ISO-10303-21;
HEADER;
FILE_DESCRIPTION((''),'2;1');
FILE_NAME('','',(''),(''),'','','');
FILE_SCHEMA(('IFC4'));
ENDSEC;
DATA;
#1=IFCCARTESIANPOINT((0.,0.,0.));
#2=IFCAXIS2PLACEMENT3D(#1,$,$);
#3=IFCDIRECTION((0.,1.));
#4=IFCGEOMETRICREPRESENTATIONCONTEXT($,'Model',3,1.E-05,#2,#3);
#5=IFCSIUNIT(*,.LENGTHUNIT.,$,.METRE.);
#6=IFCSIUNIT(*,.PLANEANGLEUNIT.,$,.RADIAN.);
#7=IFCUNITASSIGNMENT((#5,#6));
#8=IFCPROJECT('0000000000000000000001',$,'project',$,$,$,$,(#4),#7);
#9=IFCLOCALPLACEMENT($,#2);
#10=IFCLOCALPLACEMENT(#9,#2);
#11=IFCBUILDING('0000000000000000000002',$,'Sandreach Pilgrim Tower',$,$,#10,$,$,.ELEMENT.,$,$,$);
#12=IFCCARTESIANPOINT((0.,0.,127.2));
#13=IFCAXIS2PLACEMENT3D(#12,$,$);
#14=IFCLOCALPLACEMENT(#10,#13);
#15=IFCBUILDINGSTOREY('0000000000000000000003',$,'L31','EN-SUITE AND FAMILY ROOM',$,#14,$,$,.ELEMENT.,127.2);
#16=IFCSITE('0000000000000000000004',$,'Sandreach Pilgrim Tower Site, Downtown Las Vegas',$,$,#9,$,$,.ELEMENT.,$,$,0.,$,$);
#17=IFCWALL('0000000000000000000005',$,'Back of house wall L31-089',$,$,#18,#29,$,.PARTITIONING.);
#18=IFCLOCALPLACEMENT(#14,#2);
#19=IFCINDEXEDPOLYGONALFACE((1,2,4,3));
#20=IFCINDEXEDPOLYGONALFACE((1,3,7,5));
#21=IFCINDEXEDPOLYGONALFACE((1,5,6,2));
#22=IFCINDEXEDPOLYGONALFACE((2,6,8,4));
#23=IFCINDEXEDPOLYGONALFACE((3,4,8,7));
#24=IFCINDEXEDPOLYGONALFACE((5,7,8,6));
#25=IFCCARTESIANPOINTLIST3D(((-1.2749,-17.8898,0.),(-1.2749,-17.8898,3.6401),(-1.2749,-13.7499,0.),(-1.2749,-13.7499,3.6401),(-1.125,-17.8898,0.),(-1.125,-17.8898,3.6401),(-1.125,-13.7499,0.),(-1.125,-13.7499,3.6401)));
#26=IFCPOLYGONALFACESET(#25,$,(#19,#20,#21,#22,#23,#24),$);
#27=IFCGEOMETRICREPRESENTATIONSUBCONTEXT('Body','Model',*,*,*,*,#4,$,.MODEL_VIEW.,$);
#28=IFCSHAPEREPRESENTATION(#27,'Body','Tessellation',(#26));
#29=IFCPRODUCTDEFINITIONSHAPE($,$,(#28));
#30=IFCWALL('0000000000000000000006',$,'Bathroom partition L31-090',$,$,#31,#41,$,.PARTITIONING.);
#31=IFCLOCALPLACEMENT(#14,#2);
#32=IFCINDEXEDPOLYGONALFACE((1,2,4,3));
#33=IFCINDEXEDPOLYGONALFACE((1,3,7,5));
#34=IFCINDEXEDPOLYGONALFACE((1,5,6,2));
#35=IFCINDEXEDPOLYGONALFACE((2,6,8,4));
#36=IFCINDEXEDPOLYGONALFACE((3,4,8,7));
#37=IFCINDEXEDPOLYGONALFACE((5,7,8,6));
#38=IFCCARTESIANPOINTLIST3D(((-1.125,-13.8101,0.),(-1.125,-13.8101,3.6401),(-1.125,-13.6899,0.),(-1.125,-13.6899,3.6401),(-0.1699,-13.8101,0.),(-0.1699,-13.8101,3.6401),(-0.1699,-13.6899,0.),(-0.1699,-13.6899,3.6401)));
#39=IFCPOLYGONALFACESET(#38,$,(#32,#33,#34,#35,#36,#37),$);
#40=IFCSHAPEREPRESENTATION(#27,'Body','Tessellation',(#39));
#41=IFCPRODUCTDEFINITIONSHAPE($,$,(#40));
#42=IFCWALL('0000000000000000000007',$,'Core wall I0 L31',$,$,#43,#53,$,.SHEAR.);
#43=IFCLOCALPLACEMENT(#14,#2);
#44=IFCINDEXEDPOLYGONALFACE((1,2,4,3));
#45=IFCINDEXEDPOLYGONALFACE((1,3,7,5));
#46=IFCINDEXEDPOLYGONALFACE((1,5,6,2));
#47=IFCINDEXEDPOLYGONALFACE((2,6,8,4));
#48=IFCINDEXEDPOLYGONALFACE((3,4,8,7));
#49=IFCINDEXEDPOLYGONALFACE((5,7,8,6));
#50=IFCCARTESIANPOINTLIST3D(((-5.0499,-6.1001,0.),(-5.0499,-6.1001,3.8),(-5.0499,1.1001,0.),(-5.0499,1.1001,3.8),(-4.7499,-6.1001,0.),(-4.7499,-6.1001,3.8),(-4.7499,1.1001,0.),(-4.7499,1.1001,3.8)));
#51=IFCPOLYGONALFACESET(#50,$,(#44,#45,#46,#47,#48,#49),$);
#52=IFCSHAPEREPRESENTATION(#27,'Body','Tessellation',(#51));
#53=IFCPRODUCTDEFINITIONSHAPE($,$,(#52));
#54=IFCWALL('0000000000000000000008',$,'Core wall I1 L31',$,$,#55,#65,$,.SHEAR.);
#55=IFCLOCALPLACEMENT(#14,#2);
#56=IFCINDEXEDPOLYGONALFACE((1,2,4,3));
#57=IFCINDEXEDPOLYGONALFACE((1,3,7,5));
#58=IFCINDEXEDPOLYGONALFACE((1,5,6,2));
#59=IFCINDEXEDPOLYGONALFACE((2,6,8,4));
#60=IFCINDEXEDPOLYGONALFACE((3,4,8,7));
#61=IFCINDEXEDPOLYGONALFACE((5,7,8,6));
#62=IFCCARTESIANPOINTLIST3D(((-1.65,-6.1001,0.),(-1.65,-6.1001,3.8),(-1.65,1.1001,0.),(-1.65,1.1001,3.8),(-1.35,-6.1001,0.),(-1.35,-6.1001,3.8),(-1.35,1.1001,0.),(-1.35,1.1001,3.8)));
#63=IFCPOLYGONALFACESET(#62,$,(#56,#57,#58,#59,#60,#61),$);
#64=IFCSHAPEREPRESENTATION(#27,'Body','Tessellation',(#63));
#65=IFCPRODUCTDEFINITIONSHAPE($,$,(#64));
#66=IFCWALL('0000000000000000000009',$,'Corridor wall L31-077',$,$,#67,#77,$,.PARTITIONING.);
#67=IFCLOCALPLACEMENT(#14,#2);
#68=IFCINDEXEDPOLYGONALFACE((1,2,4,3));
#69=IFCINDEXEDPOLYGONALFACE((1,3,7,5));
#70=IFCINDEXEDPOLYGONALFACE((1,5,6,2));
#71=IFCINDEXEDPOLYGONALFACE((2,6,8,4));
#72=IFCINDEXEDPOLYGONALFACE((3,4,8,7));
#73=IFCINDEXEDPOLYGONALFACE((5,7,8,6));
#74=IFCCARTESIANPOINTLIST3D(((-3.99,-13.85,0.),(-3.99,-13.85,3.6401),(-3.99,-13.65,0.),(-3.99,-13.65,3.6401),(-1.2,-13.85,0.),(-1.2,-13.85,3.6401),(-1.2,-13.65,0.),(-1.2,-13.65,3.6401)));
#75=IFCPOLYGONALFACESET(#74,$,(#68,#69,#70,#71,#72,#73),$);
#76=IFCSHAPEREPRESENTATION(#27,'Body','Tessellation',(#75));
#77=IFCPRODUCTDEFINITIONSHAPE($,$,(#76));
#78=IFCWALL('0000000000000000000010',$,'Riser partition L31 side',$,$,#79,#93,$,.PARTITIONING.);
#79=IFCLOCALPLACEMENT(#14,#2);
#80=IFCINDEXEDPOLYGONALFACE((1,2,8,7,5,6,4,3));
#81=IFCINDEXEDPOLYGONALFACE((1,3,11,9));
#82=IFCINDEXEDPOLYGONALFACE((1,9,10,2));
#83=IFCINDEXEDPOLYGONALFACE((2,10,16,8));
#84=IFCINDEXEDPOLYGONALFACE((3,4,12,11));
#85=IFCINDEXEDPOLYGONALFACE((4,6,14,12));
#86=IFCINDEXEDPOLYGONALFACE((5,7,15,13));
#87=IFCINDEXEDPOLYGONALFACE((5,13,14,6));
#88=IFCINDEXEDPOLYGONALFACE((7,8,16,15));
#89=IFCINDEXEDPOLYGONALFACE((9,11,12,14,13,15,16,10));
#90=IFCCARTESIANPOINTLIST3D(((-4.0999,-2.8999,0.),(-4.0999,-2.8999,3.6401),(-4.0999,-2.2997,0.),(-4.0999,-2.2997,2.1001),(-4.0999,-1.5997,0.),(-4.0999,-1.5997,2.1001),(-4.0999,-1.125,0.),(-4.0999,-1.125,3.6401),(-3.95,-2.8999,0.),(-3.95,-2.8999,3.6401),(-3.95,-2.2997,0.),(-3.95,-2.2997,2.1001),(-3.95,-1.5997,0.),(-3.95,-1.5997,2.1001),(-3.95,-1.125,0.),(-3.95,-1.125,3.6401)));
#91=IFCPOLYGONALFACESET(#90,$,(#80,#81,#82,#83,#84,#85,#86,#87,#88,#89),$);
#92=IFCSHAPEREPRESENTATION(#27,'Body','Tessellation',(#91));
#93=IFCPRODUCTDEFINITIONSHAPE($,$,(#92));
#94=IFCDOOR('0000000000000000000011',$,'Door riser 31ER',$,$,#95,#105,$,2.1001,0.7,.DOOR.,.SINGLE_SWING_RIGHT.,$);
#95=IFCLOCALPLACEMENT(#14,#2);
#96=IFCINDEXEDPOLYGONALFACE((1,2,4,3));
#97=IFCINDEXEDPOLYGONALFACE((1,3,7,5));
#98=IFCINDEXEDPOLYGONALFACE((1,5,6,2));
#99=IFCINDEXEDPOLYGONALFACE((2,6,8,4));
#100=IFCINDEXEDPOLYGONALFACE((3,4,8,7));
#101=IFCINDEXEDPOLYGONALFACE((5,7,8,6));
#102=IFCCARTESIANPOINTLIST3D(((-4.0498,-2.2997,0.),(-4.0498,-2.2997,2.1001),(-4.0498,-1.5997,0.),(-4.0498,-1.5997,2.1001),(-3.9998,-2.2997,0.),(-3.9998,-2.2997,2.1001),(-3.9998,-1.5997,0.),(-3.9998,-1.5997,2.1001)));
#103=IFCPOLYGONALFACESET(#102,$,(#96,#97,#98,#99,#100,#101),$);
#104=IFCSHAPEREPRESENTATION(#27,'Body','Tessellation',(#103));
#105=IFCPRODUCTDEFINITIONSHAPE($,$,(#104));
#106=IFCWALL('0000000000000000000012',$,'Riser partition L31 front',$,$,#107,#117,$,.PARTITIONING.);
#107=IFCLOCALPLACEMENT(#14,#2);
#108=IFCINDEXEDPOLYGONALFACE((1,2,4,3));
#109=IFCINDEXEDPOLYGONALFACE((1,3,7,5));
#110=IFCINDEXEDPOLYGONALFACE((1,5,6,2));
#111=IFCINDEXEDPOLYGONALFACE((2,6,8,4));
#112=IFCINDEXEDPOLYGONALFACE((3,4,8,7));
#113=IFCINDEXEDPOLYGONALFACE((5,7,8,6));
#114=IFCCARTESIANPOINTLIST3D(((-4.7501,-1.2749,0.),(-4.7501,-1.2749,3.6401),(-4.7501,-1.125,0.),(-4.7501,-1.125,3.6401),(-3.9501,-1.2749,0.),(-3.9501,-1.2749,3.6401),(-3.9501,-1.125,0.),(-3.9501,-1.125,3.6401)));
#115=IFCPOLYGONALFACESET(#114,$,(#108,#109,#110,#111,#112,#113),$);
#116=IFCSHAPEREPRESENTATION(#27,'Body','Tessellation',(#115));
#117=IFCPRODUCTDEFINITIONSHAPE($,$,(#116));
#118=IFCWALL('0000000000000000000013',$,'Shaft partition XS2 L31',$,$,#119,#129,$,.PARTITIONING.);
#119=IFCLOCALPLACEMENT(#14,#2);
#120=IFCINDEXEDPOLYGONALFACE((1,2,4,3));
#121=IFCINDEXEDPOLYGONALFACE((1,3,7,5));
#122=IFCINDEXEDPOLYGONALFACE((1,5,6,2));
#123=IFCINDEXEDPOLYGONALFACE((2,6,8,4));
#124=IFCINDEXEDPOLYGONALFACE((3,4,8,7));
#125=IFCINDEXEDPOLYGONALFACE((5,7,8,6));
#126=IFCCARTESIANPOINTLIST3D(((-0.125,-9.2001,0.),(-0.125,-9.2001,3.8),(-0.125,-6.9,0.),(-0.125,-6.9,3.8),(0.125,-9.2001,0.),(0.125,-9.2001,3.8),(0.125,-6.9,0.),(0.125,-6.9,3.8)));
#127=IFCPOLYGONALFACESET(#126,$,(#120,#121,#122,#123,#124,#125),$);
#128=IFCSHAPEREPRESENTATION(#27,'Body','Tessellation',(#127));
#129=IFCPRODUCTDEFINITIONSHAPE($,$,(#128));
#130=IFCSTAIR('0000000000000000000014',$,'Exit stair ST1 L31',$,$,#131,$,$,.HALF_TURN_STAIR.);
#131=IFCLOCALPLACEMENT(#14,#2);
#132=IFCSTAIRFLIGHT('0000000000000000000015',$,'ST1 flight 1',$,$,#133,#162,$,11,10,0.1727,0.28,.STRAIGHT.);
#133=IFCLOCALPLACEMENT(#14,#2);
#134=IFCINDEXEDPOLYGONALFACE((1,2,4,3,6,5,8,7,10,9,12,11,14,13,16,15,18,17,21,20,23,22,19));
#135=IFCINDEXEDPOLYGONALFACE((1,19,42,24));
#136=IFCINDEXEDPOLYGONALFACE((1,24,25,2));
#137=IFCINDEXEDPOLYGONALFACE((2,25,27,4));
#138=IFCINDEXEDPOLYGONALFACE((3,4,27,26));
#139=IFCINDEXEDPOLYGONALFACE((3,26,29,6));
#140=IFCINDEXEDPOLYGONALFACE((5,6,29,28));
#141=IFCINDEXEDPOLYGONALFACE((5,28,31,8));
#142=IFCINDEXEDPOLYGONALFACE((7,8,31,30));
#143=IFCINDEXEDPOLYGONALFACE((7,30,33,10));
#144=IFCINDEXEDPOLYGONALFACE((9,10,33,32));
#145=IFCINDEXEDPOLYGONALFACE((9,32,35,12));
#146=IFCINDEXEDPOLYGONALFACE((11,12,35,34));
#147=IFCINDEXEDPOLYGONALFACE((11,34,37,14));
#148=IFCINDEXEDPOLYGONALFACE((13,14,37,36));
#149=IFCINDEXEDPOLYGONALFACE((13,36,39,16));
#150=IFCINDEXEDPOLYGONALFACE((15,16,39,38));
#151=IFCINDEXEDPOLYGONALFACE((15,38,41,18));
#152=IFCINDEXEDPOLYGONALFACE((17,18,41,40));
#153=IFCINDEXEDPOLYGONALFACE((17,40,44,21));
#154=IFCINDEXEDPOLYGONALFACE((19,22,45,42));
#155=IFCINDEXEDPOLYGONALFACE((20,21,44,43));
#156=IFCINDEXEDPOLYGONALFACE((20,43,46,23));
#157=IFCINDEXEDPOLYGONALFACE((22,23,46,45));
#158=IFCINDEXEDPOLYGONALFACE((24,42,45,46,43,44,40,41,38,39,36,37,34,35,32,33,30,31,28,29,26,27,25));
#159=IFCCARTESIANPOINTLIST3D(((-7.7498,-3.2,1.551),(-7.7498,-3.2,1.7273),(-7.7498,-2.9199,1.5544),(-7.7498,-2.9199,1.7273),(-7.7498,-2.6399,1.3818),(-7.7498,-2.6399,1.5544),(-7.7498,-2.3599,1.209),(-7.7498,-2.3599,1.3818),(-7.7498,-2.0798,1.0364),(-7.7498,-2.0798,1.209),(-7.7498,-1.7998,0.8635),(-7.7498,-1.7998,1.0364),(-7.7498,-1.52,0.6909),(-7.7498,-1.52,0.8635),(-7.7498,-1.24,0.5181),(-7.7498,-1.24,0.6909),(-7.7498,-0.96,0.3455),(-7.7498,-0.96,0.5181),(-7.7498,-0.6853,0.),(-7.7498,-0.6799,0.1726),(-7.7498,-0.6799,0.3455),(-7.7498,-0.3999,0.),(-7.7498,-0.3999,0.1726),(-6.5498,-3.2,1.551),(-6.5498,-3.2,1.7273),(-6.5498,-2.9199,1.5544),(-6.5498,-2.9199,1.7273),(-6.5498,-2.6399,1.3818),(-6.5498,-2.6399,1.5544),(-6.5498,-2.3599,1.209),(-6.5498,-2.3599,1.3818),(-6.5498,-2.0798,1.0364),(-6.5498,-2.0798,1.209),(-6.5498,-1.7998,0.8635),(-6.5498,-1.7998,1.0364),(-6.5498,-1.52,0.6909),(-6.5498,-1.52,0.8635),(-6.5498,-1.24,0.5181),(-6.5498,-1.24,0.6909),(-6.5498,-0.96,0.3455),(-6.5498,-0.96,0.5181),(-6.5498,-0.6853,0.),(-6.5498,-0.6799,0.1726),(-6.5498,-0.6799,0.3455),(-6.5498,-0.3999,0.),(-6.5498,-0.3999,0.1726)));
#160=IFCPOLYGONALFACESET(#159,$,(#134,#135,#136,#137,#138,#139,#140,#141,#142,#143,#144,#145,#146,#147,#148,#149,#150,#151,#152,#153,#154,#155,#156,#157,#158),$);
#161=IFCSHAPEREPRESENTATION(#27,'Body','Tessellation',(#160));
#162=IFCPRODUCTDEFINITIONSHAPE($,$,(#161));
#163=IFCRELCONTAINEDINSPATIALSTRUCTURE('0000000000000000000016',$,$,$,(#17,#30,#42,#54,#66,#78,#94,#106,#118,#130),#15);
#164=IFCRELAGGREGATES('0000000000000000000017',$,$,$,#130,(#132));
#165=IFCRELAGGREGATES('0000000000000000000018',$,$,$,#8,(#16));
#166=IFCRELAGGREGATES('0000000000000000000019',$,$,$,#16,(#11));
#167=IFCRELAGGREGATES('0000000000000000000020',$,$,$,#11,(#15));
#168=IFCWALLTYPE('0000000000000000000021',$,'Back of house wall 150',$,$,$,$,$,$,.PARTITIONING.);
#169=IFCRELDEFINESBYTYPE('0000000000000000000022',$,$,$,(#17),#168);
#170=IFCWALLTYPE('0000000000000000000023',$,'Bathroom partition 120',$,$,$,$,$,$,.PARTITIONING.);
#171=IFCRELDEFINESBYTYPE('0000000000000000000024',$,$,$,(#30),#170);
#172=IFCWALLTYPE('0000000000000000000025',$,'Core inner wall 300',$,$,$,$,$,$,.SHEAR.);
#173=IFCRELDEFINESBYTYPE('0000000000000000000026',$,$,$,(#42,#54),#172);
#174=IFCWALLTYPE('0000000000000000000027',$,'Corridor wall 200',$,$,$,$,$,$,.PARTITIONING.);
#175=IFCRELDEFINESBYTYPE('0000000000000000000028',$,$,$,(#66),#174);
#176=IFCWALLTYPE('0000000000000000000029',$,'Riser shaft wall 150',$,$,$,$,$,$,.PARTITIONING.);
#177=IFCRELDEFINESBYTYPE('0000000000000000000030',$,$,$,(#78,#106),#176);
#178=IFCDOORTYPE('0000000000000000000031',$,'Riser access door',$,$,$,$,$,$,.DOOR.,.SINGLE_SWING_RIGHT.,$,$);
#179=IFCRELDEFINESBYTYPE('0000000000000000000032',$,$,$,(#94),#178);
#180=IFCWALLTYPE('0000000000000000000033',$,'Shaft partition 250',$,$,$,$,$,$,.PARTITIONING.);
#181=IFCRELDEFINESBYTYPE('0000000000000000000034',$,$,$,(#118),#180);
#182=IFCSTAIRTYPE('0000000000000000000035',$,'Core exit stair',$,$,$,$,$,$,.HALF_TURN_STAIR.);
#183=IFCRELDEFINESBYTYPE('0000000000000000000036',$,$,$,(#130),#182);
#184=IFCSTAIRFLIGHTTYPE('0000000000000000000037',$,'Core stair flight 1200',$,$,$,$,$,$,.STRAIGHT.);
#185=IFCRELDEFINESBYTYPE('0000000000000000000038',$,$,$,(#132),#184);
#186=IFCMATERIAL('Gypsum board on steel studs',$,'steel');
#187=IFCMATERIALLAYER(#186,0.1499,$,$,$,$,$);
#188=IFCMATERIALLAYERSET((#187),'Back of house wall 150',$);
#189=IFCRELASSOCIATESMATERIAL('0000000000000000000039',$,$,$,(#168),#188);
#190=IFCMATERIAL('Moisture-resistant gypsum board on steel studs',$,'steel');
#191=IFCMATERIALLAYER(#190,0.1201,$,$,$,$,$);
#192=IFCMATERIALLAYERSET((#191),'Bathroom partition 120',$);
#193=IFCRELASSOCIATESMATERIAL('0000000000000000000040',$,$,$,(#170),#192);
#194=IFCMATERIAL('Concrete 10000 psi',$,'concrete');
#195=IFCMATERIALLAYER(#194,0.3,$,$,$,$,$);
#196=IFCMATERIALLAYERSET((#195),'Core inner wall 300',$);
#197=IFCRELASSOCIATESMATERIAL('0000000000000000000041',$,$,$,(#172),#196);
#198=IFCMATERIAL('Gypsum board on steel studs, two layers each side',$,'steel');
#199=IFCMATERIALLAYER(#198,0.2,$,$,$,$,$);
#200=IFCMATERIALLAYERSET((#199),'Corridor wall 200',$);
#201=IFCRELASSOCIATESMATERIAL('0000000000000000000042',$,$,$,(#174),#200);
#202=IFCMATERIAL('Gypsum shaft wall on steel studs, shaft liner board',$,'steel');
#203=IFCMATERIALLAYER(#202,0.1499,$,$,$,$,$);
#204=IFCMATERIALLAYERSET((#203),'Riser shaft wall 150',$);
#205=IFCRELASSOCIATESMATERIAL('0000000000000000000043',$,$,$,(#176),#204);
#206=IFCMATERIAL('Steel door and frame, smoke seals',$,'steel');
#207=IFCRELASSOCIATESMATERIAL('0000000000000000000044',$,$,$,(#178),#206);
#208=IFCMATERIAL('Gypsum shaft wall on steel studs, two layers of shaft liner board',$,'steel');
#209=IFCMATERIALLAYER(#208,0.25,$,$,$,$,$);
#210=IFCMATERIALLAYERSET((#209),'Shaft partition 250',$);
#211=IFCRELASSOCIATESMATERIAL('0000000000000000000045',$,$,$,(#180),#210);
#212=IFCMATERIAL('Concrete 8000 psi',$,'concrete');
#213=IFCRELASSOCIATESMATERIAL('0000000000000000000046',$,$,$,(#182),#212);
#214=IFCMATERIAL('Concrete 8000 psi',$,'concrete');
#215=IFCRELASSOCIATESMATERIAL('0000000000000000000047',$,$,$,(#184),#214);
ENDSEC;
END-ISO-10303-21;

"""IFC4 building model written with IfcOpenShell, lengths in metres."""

from ifc_helpers import new_model, si_unit, direction, frame, frame_2d, origin, place, context, subcontext, project, spatial, polyline, rectangle, outline, extrude, material, layer, layer_set, type_object, element, fill, aggregate, save


model = new_model("IFC4")

# Units and contexts
model_context = context("Model", 3, precision=1e-05, world=origin(), true_north=direction((0.0, 1.0)))
body_context = subcontext(model_context, "Body", "Model", "MODEL_VIEW")
ifc_project = project(units=[si_unit("LENGTHUNIT", "METRE"), si_unit("PLANEANGLEUNIT", "RADIAN")], contexts=[model_context])

# Site, building, storey
site_placement = place(None, origin())
site = spatial("IfcSite", under=ifc_project, at=site_placement, Name="Sandreach Pilgrim Tower Site, Downtown Las Vegas", CompositionType="ELEMENT", RefElevation=0.0)
building_placement = place(site_placement, origin())
building = spatial("IfcBuilding", under=site, at=building_placement, Name="Sandreach Pilgrim Tower", CompositionType="ELEMENT")
storey_placement = place(building_placement, frame((0.0, 0.0, 127.2)))
storey = spatial("IfcBuildingStorey", under=building, at=storey_placement, Name="L31", Description="EN-SUITE AND FAMILY ROOM", CompositionType="ELEMENT", Elevation=127.2)

# Walls
ifc_material_1 = material(Name="Gypsum board on steel studs", Category="steel")
ifc_layer_1 = layer(ifc_material_1, 0.1499)
ifc_layer_set_1 = layer_set([ifc_layer_1], Name="Back of house wall 150")
wall_type_1 = type_object("IfcWallType", Name="Back of house wall 150", PredefinedType="PARTITIONING", material=ifc_layer_set_1)
wall_1_placement = place(storey_placement, frame((-1.2, -13.75, 0.0), z_axis=(0.0, 0.0, 1.0), x_axis=(0.0, -1.0, 0.0)))
element("IfcWall", 1, at=wall_1_placement, inside=storey, type_object=wall_type_1, Name="Back of house wall L31-089", PredefinedType="PARTITIONING", context=body_context, shape_type="SweptSolid", body=[
    extrude(rectangle(XDim=4.1399, YDim=0.1499, at=frame_2d((2.0698, 0.0))), origin(), (0.0, 0.0, 1.0), 3.6401),
])
ifc_material_2 = material(Name="Moisture-resistant gypsum board on steel studs", Category="steel")
ifc_layer_2 = layer(ifc_material_2, 0.1201)
ifc_layer_set_2 = layer_set([ifc_layer_2], Name="Bathroom partition 120")
wall_type_2 = type_object("IfcWallType", Name="Bathroom partition 120", PredefinedType="PARTITIONING", material=ifc_layer_set_2)
wall_2_placement = place(storey_placement, frame((-1.125, -13.75, 0.0), z_axis=(0.0, 0.0, 1.0), x_axis=(1.0, 0.0, 0.0)))
element("IfcWall", 2, at=wall_2_placement, inside=storey, type_object=wall_type_2, Name="Bathroom partition L31-090", PredefinedType="PARTITIONING", context=body_context, shape_type="SweptSolid", body=[
    extrude(rectangle(XDim=0.9551, YDim=0.1201, at=frame_2d((0.4775, 0.0))), origin(), (0.0, 0.0, 1.0), 3.6401),
])
ifc_material_3 = material(Name="Concrete 10000 psi", Category="concrete")
ifc_layer_3 = layer(ifc_material_3, 0.3)
ifc_layer_set_3 = layer_set([ifc_layer_3], Name="Core inner wall 300")
wall_type_3 = type_object("IfcWallType", Name="Core inner wall 300", PredefinedType="SHEAR", material=ifc_layer_set_3)
for number, where, z_axis, x_axis, name in (
    (3, (-4.8999, -6.1001, 0.0), (0.0, 0.0, 1.0), (0.0, 1.0, 0.0), "Core wall I0 L31"),
    (4, (-1.5, -6.1001, 0.0), (0.0, 0.0, 1.0), (0.0, 1.0, 0.0), "Core wall I1 L31"),
):
    element("IfcWall", number, at=place(storey_placement, frame(where, z_axis=z_axis, x_axis=x_axis)), inside=storey, type_object=wall_type_3, Name=name, PredefinedType="SHEAR", context=body_context, shape_type="SweptSolid", body=[
        extrude(rectangle(XDim=7.2002, YDim=0.3, at=frame_2d((3.6001, 0.0))), origin(), (0.0, 0.0, 1.0), 3.8),
    ])

# Wall
ifc_material_4 = material(Name="Gypsum board on steel studs, two layers each side", Category="steel")
ifc_layer_4 = layer(ifc_material_4, 0.2)
ifc_layer_set_4 = layer_set([ifc_layer_4], Name="Corridor wall 200")
wall_type_4 = type_object("IfcWallType", Name="Corridor wall 200", PredefinedType="PARTITIONING", material=ifc_layer_set_4)
wall_3_placement = place(storey_placement, frame((-3.99, -13.75, 0.0), z_axis=(0.0, 0.0, 1.0), x_axis=(1.0, 0.0, 0.0)))
element("IfcWall", 5, at=wall_3_placement, inside=storey, type_object=wall_type_4, Name="Corridor wall L31-077", PredefinedType="PARTITIONING", context=body_context, shape_type="SweptSolid", body=[
    extrude(rectangle(XDim=2.79, YDim=0.2, at=frame_2d((1.395, 0.0))), origin(), (0.0, 0.0, 1.0), 3.6401),
])

# Wall, opening, door
ifc_material_5 = material(Name="Gypsum shaft wall on steel studs, shaft liner board", Category="steel")
ifc_layer_5 = layer(ifc_material_5, 0.1499)
ifc_layer_set_5 = layer_set([ifc_layer_5], Name="Riser shaft wall 150")
wall_type_5 = type_object("IfcWallType", Name="Riser shaft wall 150", PredefinedType="PARTITIONING", material=ifc_layer_set_5)
wall_4_placement = place(storey_placement, frame((-4.0249, -2.8999, 0.0), z_axis=(0.0, 0.0, 1.0), x_axis=(0.0, 1.0, 0.0)))
wall_4 = element("IfcWall", 6, at=wall_4_placement, inside=storey, type_object=wall_type_5, Name="Riser partition L31 side", PredefinedType="PARTITIONING", context=body_context, shape_type="SweptSolid", body=[
    extrude(rectangle(XDim=1.7749, YDim=0.1499, at=frame_2d((0.8875, 0.0))), origin(), (0.0, 0.0, 1.0), 3.6401),
])
opening_1_placement = place(wall_4_placement, frame((0.6001, 0.0, 0.0)))
opening_1 = element("IfcOpeningElement", 7, at=opening_1_placement, cuts=wall_4, PredefinedType="OPENING", context=body_context, shape_type="SweptSolid", body=[
    extrude(rectangle(XDim=0.7, YDim=2.1001, at=frame_2d((0.3501, 1.05))), frame((0.0, 0.075, 0.0), z_axis=(0.0, -1.0, 0.0), x_axis=(1.0, 0.0, 0.0)), (0.0, 0.0, 1.0), 0.1499),
])
ifc_material_6 = material(Name="Steel door and frame, smoke seals", Category="steel")
door_type_1 = type_object("IfcDoorType", Name="Riser access door", OperationType="SINGLE_SWING_RIGHT", PredefinedType="DOOR", material=ifc_material_6)
door_1_placement = place(opening_1_placement, origin())
door_1 = element("IfcDoor", 8, at=door_1_placement, inside=storey, type_object=door_type_1, Name="Door riser 31ER", OperationType="SINGLE_SWING_RIGHT", OverallHeight=2.1001, OverallWidth=0.7, PredefinedType="DOOR", context=body_context, shape_type="SweptSolid", body=[
    extrude(rectangle(XDim=0.7, YDim=2.1001, at=frame_2d((0.3501, 1.05))), frame((0.0, 0.0249, 0.0), z_axis=(0.0, -1.0, 0.0), x_axis=(1.0, 0.0, 0.0)), (0.0, 0.0, 1.0), 0.05),
])
fill(opening_1, door_1)

# Walls
wall_5_placement = place(storey_placement, frame((-4.75, -1.2, 0.0), z_axis=(0.0, 0.0, 1.0), x_axis=(1.0, 0.0, 0.0)))
element("IfcWall", 9, at=wall_5_placement, inside=storey, type_object=wall_type_5, Name="Riser partition L31 front", PredefinedType="PARTITIONING", context=body_context, shape_type="SweptSolid", body=[
    extrude(rectangle(XDim=0.8, YDim=0.1499, at=frame_2d((0.3999, 0.0))), origin(), (0.0, 0.0, 1.0), 3.6401),
])
ifc_material_7 = material(Name="Gypsum shaft wall on steel studs, two layers of shaft liner board", Category="steel")
ifc_layer_6 = layer(ifc_material_7, 0.25)
ifc_layer_set_6 = layer_set([ifc_layer_6], Name="Shaft partition 250")
wall_type_6 = type_object("IfcWallType", Name="Shaft partition 250", PredefinedType="PARTITIONING", material=ifc_layer_set_6)
wall_6_placement = place(storey_placement, frame((0.0, -9.2, 0.0), z_axis=(0.0, 0.0, 1.0), x_axis=(0.0, 1.0, 0.0)))
element("IfcWall", 10, at=wall_6_placement, inside=storey, type_object=wall_type_6, Name="Shaft partition XS2 L31", PredefinedType="PARTITIONING", context=body_context, shape_type="SweptSolid", body=[
    extrude(rectangle(XDim=2.3, YDim=0.25, at=frame_2d((1.1499, 0.0))), origin(), (0.0, 0.0, 1.0), 3.8),
])

# Stair, stair flight
ifc_material_8 = material(Name="Concrete 8000 psi", Category="concrete")
stair_type = type_object("IfcStairType", Name="Core exit stair", PredefinedType="HALF_TURN_STAIR", material=ifc_material_8)
stair_1_placement = place(storey_placement, origin())
stair_1 = element("IfcStair", 11, at=stair_1_placement, inside=storey, type_object=stair_type, Name="Exit stair ST1 L31", PredefinedType="HALF_TURN_STAIR")
ifc_material_9 = material(Name="Concrete 8000 psi", Category="concrete")
stair_flight_type = type_object("IfcStairFlightType", Name="Core stair flight 1200", PredefinedType="STRAIGHT", material=ifc_material_9)
stair_flight_1_placement = place(storey_placement, frame((-7.1499, -0.3999, 0.0), z_axis=(0.0, 0.0, 1.0), x_axis=(0.0, -1.0, 0.0)))
stair_flight_1 = element("IfcStairFlight", 12, at=stair_flight_1_placement, type_object=stair_flight_type, Name="ST1 flight 1", NumberOfRisers=11, NumberOfTreads=10, PredefinedType="STRAIGHT", RiserHeight=0.1727, TreadLength=0.28, context=body_context, shape_type="SweptSolid", body=[
    extrude(outline(polyline([(0.0, 0.0), (0.0, 0.1726), (0.28, 0.1726), (0.28, 0.3455), (0.5601, 0.3455), (0.5601, 0.5181), (0.8401, 0.5181), (0.8401, 0.6909), (1.1201, 0.6909), (1.1201, 0.8635), (1.3999, 0.8635), (1.3999, 1.0364), (1.6799, 1.0364), (1.6799, 1.209), (1.96, 1.209), (1.96, 1.3818), (2.24, 1.3818), (2.24, 1.5544), (2.52, 1.5544), (2.52, 1.7273), (2.8, 1.7273), (2.8, 1.8999), (2.8, 1.551), (0.2854, 0.0), (0.0, 0.0)])), frame((0.0, 0.6001, 0.0), z_axis=(0.0, -1.0, 0.0), x_axis=(1.0, 0.0, 0.0)), (0.0, 0.0, 1.0), 1.2),
])
aggregate(stair_1, [stair_flight_1])

save(model, "model.ifc")
